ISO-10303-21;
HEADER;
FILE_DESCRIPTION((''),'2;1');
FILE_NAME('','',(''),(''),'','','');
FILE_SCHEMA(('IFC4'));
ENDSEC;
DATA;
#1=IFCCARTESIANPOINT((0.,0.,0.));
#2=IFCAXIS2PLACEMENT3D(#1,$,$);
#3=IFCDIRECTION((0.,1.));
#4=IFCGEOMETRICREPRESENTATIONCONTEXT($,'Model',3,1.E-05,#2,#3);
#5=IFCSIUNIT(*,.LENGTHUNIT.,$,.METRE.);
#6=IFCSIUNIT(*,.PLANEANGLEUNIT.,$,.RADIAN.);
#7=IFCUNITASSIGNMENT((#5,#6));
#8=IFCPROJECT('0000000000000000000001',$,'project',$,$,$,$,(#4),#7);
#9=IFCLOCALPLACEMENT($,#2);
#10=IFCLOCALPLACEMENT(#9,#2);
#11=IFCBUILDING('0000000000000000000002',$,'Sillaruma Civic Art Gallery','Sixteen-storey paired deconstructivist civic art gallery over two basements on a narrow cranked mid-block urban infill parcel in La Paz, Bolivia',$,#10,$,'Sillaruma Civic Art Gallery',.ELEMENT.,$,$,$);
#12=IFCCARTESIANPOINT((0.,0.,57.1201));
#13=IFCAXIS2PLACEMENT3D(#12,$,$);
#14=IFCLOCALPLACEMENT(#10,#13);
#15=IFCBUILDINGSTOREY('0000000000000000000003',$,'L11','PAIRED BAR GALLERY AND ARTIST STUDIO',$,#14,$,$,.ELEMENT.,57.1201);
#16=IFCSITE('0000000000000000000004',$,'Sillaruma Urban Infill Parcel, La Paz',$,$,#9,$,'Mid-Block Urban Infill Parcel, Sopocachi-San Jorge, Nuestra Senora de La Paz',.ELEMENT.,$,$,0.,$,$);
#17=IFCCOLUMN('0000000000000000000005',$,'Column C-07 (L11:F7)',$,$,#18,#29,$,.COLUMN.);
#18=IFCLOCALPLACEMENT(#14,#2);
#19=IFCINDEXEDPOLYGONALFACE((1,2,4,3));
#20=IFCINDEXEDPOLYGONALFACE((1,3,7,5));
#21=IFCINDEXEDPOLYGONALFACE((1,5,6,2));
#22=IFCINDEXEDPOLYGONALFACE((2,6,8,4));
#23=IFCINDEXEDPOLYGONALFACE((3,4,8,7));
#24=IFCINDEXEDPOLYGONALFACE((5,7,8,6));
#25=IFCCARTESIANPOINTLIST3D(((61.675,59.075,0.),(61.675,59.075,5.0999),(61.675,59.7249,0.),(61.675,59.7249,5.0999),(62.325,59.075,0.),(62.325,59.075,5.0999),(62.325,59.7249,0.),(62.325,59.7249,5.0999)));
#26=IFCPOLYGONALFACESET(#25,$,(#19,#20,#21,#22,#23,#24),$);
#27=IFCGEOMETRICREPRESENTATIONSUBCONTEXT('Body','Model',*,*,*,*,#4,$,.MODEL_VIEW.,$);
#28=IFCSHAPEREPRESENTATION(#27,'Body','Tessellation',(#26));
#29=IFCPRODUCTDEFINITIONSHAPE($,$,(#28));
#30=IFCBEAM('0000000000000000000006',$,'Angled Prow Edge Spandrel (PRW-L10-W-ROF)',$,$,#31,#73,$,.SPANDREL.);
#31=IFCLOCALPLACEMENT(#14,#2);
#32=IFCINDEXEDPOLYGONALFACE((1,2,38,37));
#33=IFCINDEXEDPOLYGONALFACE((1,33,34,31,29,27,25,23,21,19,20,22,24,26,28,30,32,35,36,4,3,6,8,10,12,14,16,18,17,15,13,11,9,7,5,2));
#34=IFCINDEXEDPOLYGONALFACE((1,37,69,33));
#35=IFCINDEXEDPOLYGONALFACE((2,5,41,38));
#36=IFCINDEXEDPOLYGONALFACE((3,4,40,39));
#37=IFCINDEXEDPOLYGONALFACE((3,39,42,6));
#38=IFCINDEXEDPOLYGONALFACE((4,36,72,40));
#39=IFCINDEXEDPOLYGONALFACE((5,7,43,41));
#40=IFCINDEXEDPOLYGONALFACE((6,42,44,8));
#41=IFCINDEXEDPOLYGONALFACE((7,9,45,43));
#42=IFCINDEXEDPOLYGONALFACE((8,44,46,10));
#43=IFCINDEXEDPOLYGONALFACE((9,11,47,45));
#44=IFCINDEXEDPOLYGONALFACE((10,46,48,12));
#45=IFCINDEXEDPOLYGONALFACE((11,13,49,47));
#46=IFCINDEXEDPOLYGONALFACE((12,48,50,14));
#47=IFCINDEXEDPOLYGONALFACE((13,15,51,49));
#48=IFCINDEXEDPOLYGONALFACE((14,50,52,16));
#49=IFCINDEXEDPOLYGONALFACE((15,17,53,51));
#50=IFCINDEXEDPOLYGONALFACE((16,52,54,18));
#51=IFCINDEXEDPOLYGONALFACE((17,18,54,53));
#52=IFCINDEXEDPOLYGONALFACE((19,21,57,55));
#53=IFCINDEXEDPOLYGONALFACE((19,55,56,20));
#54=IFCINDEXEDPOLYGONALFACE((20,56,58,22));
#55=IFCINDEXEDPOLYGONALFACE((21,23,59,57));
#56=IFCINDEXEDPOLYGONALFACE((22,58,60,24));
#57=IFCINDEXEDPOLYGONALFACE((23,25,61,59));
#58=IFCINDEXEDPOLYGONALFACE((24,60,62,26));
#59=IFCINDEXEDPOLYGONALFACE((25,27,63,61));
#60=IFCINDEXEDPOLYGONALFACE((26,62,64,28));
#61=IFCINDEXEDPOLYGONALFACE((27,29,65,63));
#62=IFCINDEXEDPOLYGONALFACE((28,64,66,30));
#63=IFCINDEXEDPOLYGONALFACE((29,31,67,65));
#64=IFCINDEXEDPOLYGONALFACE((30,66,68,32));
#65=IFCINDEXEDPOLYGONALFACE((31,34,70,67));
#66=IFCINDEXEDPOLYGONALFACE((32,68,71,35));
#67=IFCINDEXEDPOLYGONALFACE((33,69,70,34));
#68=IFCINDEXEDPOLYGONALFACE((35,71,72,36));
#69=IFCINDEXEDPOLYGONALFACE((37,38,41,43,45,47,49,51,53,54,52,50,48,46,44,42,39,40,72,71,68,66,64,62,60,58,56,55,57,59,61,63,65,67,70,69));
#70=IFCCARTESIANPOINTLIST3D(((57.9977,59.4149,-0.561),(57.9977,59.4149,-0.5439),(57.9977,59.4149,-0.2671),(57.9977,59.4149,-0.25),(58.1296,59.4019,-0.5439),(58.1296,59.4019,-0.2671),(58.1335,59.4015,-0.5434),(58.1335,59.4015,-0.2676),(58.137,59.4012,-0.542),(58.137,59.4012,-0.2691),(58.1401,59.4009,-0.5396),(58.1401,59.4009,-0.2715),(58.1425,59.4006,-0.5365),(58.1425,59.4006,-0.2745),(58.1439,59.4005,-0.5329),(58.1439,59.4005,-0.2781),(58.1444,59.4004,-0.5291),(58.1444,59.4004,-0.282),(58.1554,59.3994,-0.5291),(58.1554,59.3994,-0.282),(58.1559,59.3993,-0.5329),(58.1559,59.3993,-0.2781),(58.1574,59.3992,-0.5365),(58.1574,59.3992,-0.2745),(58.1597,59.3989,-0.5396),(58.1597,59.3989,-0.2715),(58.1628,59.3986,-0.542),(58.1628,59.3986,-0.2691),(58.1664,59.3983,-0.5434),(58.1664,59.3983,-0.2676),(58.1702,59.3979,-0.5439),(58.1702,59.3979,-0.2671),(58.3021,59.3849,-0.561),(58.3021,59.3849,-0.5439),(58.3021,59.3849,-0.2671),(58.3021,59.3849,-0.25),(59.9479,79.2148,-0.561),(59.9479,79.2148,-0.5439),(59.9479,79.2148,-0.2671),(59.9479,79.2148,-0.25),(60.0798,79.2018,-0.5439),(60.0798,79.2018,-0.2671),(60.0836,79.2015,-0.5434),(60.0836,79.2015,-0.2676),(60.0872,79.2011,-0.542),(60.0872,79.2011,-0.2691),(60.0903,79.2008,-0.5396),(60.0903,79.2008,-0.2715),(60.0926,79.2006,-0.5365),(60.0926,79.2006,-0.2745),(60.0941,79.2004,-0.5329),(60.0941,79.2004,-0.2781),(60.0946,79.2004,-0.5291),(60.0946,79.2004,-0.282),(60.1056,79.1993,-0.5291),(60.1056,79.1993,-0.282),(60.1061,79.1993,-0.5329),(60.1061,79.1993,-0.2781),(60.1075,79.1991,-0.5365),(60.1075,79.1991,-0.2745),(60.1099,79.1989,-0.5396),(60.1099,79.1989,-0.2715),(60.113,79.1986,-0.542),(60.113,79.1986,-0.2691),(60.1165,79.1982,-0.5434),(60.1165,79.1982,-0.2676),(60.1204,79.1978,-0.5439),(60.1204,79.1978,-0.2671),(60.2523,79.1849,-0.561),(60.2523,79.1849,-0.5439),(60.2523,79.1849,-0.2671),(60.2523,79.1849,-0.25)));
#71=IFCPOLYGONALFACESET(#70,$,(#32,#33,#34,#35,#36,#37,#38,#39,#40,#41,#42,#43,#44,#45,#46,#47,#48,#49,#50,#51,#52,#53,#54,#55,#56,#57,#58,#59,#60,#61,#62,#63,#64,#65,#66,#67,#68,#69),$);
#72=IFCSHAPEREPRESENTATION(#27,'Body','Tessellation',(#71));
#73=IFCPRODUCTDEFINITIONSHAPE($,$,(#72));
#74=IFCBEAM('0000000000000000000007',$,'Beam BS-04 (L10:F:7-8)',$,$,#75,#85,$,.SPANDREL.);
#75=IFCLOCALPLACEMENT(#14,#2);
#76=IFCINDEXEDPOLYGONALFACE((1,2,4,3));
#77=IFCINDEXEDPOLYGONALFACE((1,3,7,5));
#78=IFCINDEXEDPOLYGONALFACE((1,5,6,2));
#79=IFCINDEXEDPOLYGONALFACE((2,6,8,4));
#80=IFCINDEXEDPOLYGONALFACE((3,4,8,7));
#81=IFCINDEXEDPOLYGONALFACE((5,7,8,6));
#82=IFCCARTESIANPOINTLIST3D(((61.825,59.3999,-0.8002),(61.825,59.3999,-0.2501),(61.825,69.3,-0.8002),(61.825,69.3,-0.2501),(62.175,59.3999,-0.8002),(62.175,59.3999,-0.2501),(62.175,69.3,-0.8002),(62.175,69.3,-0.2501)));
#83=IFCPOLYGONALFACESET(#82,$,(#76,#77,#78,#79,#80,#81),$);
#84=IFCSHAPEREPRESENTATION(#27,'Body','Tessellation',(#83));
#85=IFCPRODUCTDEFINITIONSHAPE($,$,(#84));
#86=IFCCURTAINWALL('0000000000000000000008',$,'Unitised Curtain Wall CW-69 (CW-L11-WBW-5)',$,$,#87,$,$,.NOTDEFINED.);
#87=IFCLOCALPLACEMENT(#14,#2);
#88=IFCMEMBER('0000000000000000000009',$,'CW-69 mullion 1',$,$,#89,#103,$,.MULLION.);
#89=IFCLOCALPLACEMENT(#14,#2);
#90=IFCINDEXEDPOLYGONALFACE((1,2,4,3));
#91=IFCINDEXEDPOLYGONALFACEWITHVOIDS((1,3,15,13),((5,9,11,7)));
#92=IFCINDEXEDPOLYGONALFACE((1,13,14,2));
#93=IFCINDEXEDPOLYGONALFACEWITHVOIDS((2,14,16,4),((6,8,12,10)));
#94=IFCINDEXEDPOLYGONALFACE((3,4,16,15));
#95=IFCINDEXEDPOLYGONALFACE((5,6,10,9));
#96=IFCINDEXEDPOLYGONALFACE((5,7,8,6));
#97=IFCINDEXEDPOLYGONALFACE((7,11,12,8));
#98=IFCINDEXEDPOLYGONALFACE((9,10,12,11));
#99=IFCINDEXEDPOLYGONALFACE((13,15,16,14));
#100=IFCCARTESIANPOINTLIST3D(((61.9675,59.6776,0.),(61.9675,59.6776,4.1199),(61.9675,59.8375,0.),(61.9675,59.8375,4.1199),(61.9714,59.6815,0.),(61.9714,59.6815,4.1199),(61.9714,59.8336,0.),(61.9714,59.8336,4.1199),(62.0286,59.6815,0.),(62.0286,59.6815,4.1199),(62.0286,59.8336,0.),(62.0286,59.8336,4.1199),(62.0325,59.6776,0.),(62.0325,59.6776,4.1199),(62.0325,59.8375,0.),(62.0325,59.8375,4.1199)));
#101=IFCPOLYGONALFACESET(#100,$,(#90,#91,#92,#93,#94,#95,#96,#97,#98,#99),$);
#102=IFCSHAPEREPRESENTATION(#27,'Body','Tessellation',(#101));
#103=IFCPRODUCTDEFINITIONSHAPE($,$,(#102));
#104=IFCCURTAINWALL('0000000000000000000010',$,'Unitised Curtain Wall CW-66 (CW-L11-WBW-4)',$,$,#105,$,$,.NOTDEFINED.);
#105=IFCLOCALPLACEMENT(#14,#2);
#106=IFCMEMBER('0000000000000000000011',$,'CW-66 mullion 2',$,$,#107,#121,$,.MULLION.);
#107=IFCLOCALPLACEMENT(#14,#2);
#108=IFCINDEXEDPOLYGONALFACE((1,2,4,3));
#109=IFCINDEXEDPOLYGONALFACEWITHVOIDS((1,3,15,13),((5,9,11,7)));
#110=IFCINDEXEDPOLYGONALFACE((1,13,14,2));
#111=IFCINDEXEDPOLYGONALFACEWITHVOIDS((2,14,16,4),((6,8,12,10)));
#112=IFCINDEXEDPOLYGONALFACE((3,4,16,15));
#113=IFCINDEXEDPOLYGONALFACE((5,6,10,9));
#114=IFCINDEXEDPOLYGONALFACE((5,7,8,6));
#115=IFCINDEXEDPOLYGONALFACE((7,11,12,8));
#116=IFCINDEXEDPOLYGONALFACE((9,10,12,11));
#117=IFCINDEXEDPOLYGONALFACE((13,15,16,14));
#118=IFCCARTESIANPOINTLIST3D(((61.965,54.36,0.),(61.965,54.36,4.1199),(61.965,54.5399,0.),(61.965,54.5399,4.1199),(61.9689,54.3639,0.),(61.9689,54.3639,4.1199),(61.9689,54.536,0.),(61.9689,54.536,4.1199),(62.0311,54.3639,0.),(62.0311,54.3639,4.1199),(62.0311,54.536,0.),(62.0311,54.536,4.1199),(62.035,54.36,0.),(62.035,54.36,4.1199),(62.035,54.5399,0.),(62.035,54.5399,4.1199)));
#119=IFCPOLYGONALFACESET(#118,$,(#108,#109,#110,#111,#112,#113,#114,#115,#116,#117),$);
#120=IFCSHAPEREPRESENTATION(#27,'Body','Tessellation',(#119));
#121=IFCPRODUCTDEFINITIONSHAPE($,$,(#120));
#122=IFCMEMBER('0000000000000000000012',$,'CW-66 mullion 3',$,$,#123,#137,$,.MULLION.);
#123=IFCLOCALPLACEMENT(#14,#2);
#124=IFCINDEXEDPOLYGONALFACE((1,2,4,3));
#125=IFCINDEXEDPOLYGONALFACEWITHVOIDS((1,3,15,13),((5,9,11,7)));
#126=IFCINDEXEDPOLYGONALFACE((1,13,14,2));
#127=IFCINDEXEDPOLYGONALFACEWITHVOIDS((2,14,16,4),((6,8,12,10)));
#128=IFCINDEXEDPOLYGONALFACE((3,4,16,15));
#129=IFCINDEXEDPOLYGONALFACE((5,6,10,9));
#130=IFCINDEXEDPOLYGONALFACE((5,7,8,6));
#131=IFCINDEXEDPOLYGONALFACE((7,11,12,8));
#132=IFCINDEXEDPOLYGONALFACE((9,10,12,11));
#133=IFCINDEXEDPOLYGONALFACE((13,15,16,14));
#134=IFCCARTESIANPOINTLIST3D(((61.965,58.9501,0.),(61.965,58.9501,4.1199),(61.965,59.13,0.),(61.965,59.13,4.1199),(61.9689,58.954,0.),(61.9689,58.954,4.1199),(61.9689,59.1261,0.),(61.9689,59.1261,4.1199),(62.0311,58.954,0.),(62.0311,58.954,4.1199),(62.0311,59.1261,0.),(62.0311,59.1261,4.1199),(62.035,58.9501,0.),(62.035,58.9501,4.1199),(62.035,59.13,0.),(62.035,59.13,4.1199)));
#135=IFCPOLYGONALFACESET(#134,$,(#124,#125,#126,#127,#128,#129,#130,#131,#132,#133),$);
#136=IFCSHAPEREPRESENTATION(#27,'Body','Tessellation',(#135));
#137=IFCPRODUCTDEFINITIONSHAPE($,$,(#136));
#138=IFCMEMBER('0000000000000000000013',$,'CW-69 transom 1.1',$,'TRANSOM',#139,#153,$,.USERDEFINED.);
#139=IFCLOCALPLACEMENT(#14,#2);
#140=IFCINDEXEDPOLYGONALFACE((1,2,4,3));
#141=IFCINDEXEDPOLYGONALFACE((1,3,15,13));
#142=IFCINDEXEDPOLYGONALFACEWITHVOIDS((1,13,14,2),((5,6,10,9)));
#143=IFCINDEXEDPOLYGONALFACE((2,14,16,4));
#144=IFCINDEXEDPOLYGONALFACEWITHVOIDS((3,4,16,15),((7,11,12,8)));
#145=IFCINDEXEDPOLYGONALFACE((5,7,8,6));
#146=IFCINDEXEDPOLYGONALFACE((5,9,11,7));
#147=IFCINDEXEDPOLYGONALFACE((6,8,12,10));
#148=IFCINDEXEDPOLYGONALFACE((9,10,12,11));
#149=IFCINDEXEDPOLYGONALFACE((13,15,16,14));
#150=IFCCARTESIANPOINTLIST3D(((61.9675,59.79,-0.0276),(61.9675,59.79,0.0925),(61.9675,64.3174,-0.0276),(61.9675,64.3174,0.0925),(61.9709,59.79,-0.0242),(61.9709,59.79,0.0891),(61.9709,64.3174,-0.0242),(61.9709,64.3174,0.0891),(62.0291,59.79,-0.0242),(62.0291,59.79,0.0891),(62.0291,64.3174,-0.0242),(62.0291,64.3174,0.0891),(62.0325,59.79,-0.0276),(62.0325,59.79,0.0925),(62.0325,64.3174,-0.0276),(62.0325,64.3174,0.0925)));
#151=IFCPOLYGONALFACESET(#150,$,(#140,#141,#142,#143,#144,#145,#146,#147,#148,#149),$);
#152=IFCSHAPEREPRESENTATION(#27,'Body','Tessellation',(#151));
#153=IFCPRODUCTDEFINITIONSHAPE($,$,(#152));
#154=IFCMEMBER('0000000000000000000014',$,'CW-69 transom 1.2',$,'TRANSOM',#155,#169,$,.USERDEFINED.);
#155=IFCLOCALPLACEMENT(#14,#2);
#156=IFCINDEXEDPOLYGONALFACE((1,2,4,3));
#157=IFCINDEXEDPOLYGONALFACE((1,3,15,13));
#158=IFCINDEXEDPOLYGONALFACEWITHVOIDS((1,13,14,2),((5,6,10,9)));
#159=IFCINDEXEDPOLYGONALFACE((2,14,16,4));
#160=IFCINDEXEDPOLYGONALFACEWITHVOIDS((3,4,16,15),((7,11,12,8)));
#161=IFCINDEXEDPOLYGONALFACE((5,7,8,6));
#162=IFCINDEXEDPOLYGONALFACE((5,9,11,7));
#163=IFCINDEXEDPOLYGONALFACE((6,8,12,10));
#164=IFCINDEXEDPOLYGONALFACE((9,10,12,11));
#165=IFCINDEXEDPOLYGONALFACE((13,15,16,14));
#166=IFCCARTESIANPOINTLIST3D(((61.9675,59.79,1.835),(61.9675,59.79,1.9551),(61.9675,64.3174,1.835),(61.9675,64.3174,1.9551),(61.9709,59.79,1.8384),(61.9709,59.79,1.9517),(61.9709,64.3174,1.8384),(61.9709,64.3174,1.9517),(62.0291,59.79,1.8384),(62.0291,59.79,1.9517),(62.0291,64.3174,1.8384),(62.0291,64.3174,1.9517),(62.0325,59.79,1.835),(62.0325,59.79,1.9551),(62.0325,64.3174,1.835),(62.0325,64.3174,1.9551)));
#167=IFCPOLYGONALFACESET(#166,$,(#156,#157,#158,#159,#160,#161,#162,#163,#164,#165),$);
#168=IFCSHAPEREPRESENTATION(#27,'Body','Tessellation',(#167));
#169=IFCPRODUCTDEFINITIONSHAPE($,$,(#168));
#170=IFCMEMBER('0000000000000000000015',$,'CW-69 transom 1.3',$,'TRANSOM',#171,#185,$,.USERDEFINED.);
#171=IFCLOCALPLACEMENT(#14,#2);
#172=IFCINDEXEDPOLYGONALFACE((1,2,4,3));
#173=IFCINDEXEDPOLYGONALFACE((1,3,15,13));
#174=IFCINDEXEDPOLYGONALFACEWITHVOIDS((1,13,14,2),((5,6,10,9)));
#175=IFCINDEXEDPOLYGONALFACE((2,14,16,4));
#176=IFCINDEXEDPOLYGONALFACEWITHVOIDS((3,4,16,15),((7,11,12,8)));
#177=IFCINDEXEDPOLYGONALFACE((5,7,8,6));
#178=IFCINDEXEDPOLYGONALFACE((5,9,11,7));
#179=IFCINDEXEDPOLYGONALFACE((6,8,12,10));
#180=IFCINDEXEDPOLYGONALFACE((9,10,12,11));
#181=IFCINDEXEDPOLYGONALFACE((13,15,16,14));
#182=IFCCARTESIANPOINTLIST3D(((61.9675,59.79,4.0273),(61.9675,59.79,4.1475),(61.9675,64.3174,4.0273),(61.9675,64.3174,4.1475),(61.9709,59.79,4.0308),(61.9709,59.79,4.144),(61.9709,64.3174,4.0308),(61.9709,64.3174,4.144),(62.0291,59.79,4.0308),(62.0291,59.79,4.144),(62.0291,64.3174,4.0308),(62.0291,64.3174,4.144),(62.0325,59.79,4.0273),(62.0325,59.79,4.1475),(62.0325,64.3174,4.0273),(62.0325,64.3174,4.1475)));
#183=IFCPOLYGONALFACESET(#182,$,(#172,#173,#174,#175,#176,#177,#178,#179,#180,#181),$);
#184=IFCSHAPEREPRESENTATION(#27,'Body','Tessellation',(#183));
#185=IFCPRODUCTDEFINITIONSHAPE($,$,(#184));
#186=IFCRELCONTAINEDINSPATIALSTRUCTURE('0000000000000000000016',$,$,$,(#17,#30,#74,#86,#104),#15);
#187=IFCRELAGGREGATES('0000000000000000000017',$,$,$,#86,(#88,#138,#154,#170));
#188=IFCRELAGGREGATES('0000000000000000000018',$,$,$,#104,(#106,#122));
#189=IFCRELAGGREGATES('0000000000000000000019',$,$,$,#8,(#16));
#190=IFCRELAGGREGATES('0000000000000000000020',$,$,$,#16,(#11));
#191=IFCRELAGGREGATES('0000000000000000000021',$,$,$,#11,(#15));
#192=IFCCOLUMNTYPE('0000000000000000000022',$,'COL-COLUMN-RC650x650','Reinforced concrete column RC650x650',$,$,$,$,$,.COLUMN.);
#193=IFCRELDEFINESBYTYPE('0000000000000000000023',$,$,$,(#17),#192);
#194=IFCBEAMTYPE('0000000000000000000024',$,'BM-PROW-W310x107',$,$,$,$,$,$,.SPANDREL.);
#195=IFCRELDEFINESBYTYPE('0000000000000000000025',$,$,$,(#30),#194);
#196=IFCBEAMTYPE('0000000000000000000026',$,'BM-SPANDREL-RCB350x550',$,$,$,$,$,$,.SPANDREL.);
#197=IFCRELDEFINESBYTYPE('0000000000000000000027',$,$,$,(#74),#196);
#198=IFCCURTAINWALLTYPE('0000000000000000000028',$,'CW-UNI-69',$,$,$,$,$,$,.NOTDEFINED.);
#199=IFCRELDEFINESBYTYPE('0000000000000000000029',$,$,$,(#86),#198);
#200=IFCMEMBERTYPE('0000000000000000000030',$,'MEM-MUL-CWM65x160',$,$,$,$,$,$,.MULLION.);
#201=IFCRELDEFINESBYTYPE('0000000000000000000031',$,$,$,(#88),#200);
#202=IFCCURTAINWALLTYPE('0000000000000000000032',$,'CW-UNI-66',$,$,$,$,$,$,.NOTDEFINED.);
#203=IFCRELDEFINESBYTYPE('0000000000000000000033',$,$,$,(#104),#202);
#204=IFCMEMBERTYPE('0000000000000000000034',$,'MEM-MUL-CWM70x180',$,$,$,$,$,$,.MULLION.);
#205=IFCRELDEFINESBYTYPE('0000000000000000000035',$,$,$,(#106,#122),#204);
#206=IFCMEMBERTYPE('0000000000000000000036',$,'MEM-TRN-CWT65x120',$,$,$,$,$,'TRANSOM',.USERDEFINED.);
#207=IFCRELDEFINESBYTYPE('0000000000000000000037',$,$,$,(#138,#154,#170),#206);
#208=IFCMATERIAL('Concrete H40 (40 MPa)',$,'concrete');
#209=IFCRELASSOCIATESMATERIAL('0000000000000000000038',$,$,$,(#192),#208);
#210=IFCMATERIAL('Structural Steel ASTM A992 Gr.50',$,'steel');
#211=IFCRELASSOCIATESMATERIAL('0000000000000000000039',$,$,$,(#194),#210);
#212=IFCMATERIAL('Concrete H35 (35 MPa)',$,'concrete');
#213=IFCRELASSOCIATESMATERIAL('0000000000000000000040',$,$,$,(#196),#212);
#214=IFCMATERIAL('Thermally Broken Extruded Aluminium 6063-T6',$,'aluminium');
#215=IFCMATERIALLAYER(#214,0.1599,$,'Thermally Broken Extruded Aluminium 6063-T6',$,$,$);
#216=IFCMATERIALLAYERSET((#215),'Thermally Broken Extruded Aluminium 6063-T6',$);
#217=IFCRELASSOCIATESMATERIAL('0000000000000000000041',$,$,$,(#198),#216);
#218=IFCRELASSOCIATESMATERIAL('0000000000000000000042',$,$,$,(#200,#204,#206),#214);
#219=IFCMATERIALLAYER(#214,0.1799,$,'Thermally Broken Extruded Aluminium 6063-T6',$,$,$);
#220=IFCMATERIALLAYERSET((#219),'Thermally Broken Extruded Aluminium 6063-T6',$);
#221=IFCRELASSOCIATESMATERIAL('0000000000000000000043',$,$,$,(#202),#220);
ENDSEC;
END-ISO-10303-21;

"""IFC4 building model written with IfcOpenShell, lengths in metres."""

from ifc_helpers import new_model, si_unit, direction, frame, origin, origin_2d, place, context, subcontext, project, spatial, rectangle, hollow_rectangle, i_section, extrude, material, layer, layer_set, material_profile, profile_set, type_object, element, aggregate, save


model = new_model("IFC4")

# Units and contexts
model_context = context("Model", 3, precision=1e-05, world=origin(), true_north=direction((0.0, 1.0)))
body_context = subcontext(model_context, "Body", "Model", "MODEL_VIEW")
ifc_project = project(units=[si_unit("LENGTHUNIT", "METRE"), si_unit("PLANEANGLEUNIT", "RADIAN")], contexts=[model_context])

# Site, building, storey
site_placement = place(None, origin())
site = spatial("IfcSite", under=ifc_project, at=site_placement, Name="Sillaruma Urban Infill Parcel, La Paz", LongName="Mid-Block Urban Infill Parcel, Sopocachi-San Jorge, Nuestra Senora de La Paz", CompositionType="ELEMENT", RefElevation=0.0)
building_placement = place(site_placement, origin())
building = spatial("IfcBuilding", under=site, at=building_placement, Name="Sillaruma Civic Art Gallery", Description="Sixteen-storey paired deconstructivist civic art gallery over two basements on a narrow cranked mid-block urban infill parcel in La Paz, Bolivia", LongName="Sillaruma Civic Art Gallery", CompositionType="ELEMENT")
storey_placement = place(building_placement, frame((0.0, 0.0, 57.1201)))
storey = spatial("IfcBuildingStorey", under=building, at=storey_placement, Name="L11", Description="PAIRED BAR GALLERY AND ARTIST STUDIO", CompositionType="ELEMENT", Elevation=57.1201)

# Column
ifc_material_1 = material(Name="Concrete H40 (40 MPa)", Category="concrete")
ifc_material_profile_1 = material_profile(ifc_material_1, rectangle(XDim=0.6499, YDim=0.6499, at=origin_2d()), Name="RC650x650")
ifc_profile_set_1 = profile_set([ifc_material_profile_1], Name="Concrete H40 (40 MPa)")
column_type = type_object("IfcColumnType", Name="COL-COLUMN-RC650x650", Description="Reinforced concrete column RC650x650", PredefinedType="COLUMN", material=ifc_profile_set_1)
column_placement = place(storey_placement, frame((62.0, 59.3999, 0.0), z_axis=(0.0, 0.0, 1.0), x_axis=(1.0, 0.0, 0.0)))
element("IfcColumn", 1, at=column_placement, inside=storey, type_object=column_type, Name="Column C-07 (L11:F7)", PredefinedType="COLUMN", context=body_context, shape_type="SweptSolid", body=[
    extrude(rectangle(XDim=0.6499, YDim=0.6499, at=origin_2d()), origin(), (0.0, 0.0, 1.0), 5.0999),
])

# Beams
ifc_material_2 = material(Name="Structural Steel ASTM A992 Gr.50", Category="steel")
ifc_material_profile_2 = material_profile(ifc_material_2, i_section(OverallWidth=0.3059, OverallDepth=0.311, WebThickness=0.011, FlangeThickness=0.0171, FilletRadius=0.0149, at=origin_2d()), Name="W310x107")
ifc_profile_set_2 = profile_set([ifc_material_profile_2], Name="Structural Steel ASTM A992 Gr.50")
beam_type_1 = type_object("IfcBeamType", Name="BM-PROW-W310x107", PredefinedType="SPANDREL", material=ifc_profile_set_2)
beam_1_placement = place(storey_placement, frame((58.1499, 59.3999, -0.4055), z_axis=(0.09802, 0.995184, 0.0), x_axis=(-0.995184, 0.09802, 0.0)))
element("IfcBeam", 2, at=beam_1_placement, inside=storey, type_object=beam_type_1, Name="Angled Prow Edge Spandrel (PRW-L10-W-ROF)", PredefinedType="SPANDREL", context=body_context, shape_type="SweptSolid", body=[
    extrude(i_section(OverallWidth=0.3059, OverallDepth=0.311, WebThickness=0.011, FlangeThickness=0.0171, FilletRadius=0.0149, at=origin_2d()), origin(), (0.0, 0.0, 1.0), 19.8958),
])
ifc_material_3 = material(Name="Concrete H35 (35 MPa)", Category="concrete")
ifc_material_profile_3 = material_profile(ifc_material_3, rectangle(XDim=0.3501, YDim=0.55, at=origin_2d()), Name="RCB350x550")
ifc_profile_set_3 = profile_set([ifc_material_profile_3], Name="Concrete H35 (35 MPa)")
beam_type_2 = type_object("IfcBeamType", Name="BM-SPANDREL-RCB350x550", PredefinedType="SPANDREL", material=ifc_profile_set_3)
beam_2_placement = place(storey_placement, frame((62.0, 59.3999, -0.5251), z_axis=(0.0, 1.0, 0.0), x_axis=(-1.0, 0.0, 0.0)))
element("IfcBeam", 3, at=beam_2_placement, inside=storey, type_object=beam_type_2, Name="Beam BS-04 (L10:F:7-8)", PredefinedType="SPANDREL", context=body_context, shape_type="SweptSolid", body=[
    extrude(rectangle(XDim=0.3501, YDim=0.55, at=origin_2d()), origin(), (0.0, 0.0, 1.0), 9.9001),
])

# Curtain wall, member
ifc_material_4 = material(Name="Thermally Broken Extruded Aluminium 6063-T6", Category="aluminium")
ifc_layer_1 = layer(ifc_material_4, 0.1599, Name="Thermally Broken Extruded Aluminium 6063-T6")
ifc_layer_set_1 = layer_set([ifc_layer_1], Name="Thermally Broken Extruded Aluminium 6063-T6")
curtain_wall_type_1 = type_object("IfcCurtainWallType", Name="CW-UNI-69", PredefinedType="NOTDEFINED", material=ifc_layer_set_1)
curtain_wall_1_placement = place(storey_placement, origin())
curtain_wall_1 = element("IfcCurtainWall", 4, at=curtain_wall_1_placement, inside=storey, type_object=curtain_wall_type_1, Name="Unitised Curtain Wall CW-69 (CW-L11-WBW-5)", PredefinedType="NOTDEFINED")
ifc_material_profile_4 = material_profile(ifc_material_4, hollow_rectangle(XDim=0.0649, YDim=0.1599, WallThickness=0.0039, at=origin_2d()), Name="CWM65x160")
ifc_profile_set_4 = profile_set([ifc_material_profile_4], Name="Thermally Broken Extruded Aluminium 6063-T6")
member_type_1 = type_object("IfcMemberType", Name="MEM-MUL-CWM65x160", PredefinedType="MULLION", material=ifc_profile_set_4)
member_1_placement = place(storey_placement, frame((62.0, 59.7576, 0.0), z_axis=(0.0, 0.0, 1.0), x_axis=(-1.0, 0.0, 0.0)))
member_1 = element("IfcMember", 5, at=member_1_placement, type_object=member_type_1, Name="CW-69 mullion 1", PredefinedType="MULLION", context=body_context, shape_type="SweptSolid", body=[
    extrude(hollow_rectangle(XDim=0.0649, YDim=0.1599, WallThickness=0.0039, at=origin_2d()), origin(), (0.0, 0.0, 1.0), 4.1199),
])

# Curtain wall, members
ifc_layer_2 = layer(ifc_material_4, 0.1799, Name="Thermally Broken Extruded Aluminium 6063-T6")
ifc_layer_set_2 = layer_set([ifc_layer_2], Name="Thermally Broken Extruded Aluminium 6063-T6")
curtain_wall_type_2 = type_object("IfcCurtainWallType", Name="CW-UNI-66", PredefinedType="NOTDEFINED", material=ifc_layer_set_2)
curtain_wall_2_placement = place(storey_placement, origin())
curtain_wall_2 = element("IfcCurtainWall", 6, at=curtain_wall_2_placement, inside=storey, type_object=curtain_wall_type_2, Name="Unitised Curtain Wall CW-66 (CW-L11-WBW-4)", PredefinedType="NOTDEFINED")
ifc_material_profile_5 = material_profile(ifc_material_4, hollow_rectangle(XDim=0.0701, YDim=0.1799, WallThickness=0.0039, at=origin_2d()), Name="CWM70x180")
ifc_profile_set_5 = profile_set([ifc_material_profile_5], Name="Thermally Broken Extruded Aluminium 6063-T6")
member_type_2 = type_object("IfcMemberType", Name="MEM-MUL-CWM70x180", PredefinedType="MULLION", material=ifc_profile_set_5)
member_2_placement = place(storey_placement, frame((62.0, 54.45, 0.0), z_axis=(0.0, 0.0, 1.0), x_axis=(-1.0, 0.0, 0.0)))
member_2 = element("IfcMember", 7, at=member_2_placement, type_object=member_type_2, Name="CW-66 mullion 2", PredefinedType="MULLION", context=body_context, shape_type="SweptSolid", body=[
    extrude(hollow_rectangle(XDim=0.0701, YDim=0.1799, WallThickness=0.0039, at=origin_2d()), origin(), (0.0, 0.0, 1.0), 4.1199),
])
member_3_placement = place(storey_placement, frame((62.0, 59.04, 0.0), z_axis=(0.0, 0.0, 1.0), x_axis=(-1.0, 0.0, 0.0)))
member_3 = element("IfcMember", 8, at=member_3_placement, type_object=member_type_2, Name="CW-66 mullion 3", PredefinedType="MULLION", context=body_context, shape_type="SweptSolid", body=[
    extrude(hollow_rectangle(XDim=0.0701, YDim=0.1799, WallThickness=0.0039, at=origin_2d()), origin(), (0.0, 0.0, 1.0), 4.1199),
])

# Members
ifc_material_profile_6 = material_profile(ifc_material_4, hollow_rectangle(XDim=0.0649, YDim=0.1201, WallThickness=0.0034, at=origin_2d()), Name="CWT65x120")
ifc_profile_set_6 = profile_set([ifc_material_profile_6], Name="Thermally Broken Extruded Aluminium 6063-T6")
member_type_3 = type_object("IfcMemberType", Name="MEM-TRN-CWT65x120", ElementType="TRANSOM", PredefinedType="USERDEFINED", material=ifc_profile_set_6)
member_4_placement = place(storey_placement, frame((62.0, 59.79, 0.0325), z_axis=(0.0, 1.0, 0.0), x_axis=(-1.0, 0.0, 0.0)))
member_4 = element("IfcMember", 9, at=member_4_placement, type_object=member_type_3, Name="CW-69 transom 1.1", ObjectType="TRANSOM", PredefinedType="USERDEFINED", context=body_context, shape_type="SweptSolid", body=[
    extrude(hollow_rectangle(XDim=0.0649, YDim=0.1201, WallThickness=0.0034, at=origin_2d()), origin(), (0.0, 0.0, 1.0), 4.5273),
])
member_5_placement = place(storey_placement, frame((62.0, 59.79, 1.895), z_axis=(0.0, 1.0, 0.0), x_axis=(-1.0, 0.0, 0.0)))
member_5 = element("IfcMember", 10, at=member_5_placement, type_object=member_type_3, Name="CW-69 transom 1.2", ObjectType="TRANSOM", PredefinedType="USERDEFINED", context=body_context, shape_type="SweptSolid", body=[
    extrude(hollow_rectangle(XDim=0.0649, YDim=0.1201, WallThickness=0.0034, at=origin_2d()), origin(), (0.0, 0.0, 1.0), 4.5273),
])
member_6_placement = place(storey_placement, frame((62.0, 59.79, 4.0874), z_axis=(0.0, 1.0, 0.0), x_axis=(-1.0, 0.0, 0.0)))
member_6 = element("IfcMember", 11, at=member_6_placement, type_object=member_type_3, Name="CW-69 transom 1.3", ObjectType="TRANSOM", PredefinedType="USERDEFINED", context=body_context, shape_type="SweptSolid", body=[
    extrude(hollow_rectangle(XDim=0.0649, YDim=0.1201, WallThickness=0.0034, at=origin_2d()), origin(), (0.0, 0.0, 1.0), 4.5273),
])

aggregate(curtain_wall_1, [member_1, member_4, member_5, member_6])
aggregate(curtain_wall_2, [member_2, member_3])

save(model, "model.ifc")
